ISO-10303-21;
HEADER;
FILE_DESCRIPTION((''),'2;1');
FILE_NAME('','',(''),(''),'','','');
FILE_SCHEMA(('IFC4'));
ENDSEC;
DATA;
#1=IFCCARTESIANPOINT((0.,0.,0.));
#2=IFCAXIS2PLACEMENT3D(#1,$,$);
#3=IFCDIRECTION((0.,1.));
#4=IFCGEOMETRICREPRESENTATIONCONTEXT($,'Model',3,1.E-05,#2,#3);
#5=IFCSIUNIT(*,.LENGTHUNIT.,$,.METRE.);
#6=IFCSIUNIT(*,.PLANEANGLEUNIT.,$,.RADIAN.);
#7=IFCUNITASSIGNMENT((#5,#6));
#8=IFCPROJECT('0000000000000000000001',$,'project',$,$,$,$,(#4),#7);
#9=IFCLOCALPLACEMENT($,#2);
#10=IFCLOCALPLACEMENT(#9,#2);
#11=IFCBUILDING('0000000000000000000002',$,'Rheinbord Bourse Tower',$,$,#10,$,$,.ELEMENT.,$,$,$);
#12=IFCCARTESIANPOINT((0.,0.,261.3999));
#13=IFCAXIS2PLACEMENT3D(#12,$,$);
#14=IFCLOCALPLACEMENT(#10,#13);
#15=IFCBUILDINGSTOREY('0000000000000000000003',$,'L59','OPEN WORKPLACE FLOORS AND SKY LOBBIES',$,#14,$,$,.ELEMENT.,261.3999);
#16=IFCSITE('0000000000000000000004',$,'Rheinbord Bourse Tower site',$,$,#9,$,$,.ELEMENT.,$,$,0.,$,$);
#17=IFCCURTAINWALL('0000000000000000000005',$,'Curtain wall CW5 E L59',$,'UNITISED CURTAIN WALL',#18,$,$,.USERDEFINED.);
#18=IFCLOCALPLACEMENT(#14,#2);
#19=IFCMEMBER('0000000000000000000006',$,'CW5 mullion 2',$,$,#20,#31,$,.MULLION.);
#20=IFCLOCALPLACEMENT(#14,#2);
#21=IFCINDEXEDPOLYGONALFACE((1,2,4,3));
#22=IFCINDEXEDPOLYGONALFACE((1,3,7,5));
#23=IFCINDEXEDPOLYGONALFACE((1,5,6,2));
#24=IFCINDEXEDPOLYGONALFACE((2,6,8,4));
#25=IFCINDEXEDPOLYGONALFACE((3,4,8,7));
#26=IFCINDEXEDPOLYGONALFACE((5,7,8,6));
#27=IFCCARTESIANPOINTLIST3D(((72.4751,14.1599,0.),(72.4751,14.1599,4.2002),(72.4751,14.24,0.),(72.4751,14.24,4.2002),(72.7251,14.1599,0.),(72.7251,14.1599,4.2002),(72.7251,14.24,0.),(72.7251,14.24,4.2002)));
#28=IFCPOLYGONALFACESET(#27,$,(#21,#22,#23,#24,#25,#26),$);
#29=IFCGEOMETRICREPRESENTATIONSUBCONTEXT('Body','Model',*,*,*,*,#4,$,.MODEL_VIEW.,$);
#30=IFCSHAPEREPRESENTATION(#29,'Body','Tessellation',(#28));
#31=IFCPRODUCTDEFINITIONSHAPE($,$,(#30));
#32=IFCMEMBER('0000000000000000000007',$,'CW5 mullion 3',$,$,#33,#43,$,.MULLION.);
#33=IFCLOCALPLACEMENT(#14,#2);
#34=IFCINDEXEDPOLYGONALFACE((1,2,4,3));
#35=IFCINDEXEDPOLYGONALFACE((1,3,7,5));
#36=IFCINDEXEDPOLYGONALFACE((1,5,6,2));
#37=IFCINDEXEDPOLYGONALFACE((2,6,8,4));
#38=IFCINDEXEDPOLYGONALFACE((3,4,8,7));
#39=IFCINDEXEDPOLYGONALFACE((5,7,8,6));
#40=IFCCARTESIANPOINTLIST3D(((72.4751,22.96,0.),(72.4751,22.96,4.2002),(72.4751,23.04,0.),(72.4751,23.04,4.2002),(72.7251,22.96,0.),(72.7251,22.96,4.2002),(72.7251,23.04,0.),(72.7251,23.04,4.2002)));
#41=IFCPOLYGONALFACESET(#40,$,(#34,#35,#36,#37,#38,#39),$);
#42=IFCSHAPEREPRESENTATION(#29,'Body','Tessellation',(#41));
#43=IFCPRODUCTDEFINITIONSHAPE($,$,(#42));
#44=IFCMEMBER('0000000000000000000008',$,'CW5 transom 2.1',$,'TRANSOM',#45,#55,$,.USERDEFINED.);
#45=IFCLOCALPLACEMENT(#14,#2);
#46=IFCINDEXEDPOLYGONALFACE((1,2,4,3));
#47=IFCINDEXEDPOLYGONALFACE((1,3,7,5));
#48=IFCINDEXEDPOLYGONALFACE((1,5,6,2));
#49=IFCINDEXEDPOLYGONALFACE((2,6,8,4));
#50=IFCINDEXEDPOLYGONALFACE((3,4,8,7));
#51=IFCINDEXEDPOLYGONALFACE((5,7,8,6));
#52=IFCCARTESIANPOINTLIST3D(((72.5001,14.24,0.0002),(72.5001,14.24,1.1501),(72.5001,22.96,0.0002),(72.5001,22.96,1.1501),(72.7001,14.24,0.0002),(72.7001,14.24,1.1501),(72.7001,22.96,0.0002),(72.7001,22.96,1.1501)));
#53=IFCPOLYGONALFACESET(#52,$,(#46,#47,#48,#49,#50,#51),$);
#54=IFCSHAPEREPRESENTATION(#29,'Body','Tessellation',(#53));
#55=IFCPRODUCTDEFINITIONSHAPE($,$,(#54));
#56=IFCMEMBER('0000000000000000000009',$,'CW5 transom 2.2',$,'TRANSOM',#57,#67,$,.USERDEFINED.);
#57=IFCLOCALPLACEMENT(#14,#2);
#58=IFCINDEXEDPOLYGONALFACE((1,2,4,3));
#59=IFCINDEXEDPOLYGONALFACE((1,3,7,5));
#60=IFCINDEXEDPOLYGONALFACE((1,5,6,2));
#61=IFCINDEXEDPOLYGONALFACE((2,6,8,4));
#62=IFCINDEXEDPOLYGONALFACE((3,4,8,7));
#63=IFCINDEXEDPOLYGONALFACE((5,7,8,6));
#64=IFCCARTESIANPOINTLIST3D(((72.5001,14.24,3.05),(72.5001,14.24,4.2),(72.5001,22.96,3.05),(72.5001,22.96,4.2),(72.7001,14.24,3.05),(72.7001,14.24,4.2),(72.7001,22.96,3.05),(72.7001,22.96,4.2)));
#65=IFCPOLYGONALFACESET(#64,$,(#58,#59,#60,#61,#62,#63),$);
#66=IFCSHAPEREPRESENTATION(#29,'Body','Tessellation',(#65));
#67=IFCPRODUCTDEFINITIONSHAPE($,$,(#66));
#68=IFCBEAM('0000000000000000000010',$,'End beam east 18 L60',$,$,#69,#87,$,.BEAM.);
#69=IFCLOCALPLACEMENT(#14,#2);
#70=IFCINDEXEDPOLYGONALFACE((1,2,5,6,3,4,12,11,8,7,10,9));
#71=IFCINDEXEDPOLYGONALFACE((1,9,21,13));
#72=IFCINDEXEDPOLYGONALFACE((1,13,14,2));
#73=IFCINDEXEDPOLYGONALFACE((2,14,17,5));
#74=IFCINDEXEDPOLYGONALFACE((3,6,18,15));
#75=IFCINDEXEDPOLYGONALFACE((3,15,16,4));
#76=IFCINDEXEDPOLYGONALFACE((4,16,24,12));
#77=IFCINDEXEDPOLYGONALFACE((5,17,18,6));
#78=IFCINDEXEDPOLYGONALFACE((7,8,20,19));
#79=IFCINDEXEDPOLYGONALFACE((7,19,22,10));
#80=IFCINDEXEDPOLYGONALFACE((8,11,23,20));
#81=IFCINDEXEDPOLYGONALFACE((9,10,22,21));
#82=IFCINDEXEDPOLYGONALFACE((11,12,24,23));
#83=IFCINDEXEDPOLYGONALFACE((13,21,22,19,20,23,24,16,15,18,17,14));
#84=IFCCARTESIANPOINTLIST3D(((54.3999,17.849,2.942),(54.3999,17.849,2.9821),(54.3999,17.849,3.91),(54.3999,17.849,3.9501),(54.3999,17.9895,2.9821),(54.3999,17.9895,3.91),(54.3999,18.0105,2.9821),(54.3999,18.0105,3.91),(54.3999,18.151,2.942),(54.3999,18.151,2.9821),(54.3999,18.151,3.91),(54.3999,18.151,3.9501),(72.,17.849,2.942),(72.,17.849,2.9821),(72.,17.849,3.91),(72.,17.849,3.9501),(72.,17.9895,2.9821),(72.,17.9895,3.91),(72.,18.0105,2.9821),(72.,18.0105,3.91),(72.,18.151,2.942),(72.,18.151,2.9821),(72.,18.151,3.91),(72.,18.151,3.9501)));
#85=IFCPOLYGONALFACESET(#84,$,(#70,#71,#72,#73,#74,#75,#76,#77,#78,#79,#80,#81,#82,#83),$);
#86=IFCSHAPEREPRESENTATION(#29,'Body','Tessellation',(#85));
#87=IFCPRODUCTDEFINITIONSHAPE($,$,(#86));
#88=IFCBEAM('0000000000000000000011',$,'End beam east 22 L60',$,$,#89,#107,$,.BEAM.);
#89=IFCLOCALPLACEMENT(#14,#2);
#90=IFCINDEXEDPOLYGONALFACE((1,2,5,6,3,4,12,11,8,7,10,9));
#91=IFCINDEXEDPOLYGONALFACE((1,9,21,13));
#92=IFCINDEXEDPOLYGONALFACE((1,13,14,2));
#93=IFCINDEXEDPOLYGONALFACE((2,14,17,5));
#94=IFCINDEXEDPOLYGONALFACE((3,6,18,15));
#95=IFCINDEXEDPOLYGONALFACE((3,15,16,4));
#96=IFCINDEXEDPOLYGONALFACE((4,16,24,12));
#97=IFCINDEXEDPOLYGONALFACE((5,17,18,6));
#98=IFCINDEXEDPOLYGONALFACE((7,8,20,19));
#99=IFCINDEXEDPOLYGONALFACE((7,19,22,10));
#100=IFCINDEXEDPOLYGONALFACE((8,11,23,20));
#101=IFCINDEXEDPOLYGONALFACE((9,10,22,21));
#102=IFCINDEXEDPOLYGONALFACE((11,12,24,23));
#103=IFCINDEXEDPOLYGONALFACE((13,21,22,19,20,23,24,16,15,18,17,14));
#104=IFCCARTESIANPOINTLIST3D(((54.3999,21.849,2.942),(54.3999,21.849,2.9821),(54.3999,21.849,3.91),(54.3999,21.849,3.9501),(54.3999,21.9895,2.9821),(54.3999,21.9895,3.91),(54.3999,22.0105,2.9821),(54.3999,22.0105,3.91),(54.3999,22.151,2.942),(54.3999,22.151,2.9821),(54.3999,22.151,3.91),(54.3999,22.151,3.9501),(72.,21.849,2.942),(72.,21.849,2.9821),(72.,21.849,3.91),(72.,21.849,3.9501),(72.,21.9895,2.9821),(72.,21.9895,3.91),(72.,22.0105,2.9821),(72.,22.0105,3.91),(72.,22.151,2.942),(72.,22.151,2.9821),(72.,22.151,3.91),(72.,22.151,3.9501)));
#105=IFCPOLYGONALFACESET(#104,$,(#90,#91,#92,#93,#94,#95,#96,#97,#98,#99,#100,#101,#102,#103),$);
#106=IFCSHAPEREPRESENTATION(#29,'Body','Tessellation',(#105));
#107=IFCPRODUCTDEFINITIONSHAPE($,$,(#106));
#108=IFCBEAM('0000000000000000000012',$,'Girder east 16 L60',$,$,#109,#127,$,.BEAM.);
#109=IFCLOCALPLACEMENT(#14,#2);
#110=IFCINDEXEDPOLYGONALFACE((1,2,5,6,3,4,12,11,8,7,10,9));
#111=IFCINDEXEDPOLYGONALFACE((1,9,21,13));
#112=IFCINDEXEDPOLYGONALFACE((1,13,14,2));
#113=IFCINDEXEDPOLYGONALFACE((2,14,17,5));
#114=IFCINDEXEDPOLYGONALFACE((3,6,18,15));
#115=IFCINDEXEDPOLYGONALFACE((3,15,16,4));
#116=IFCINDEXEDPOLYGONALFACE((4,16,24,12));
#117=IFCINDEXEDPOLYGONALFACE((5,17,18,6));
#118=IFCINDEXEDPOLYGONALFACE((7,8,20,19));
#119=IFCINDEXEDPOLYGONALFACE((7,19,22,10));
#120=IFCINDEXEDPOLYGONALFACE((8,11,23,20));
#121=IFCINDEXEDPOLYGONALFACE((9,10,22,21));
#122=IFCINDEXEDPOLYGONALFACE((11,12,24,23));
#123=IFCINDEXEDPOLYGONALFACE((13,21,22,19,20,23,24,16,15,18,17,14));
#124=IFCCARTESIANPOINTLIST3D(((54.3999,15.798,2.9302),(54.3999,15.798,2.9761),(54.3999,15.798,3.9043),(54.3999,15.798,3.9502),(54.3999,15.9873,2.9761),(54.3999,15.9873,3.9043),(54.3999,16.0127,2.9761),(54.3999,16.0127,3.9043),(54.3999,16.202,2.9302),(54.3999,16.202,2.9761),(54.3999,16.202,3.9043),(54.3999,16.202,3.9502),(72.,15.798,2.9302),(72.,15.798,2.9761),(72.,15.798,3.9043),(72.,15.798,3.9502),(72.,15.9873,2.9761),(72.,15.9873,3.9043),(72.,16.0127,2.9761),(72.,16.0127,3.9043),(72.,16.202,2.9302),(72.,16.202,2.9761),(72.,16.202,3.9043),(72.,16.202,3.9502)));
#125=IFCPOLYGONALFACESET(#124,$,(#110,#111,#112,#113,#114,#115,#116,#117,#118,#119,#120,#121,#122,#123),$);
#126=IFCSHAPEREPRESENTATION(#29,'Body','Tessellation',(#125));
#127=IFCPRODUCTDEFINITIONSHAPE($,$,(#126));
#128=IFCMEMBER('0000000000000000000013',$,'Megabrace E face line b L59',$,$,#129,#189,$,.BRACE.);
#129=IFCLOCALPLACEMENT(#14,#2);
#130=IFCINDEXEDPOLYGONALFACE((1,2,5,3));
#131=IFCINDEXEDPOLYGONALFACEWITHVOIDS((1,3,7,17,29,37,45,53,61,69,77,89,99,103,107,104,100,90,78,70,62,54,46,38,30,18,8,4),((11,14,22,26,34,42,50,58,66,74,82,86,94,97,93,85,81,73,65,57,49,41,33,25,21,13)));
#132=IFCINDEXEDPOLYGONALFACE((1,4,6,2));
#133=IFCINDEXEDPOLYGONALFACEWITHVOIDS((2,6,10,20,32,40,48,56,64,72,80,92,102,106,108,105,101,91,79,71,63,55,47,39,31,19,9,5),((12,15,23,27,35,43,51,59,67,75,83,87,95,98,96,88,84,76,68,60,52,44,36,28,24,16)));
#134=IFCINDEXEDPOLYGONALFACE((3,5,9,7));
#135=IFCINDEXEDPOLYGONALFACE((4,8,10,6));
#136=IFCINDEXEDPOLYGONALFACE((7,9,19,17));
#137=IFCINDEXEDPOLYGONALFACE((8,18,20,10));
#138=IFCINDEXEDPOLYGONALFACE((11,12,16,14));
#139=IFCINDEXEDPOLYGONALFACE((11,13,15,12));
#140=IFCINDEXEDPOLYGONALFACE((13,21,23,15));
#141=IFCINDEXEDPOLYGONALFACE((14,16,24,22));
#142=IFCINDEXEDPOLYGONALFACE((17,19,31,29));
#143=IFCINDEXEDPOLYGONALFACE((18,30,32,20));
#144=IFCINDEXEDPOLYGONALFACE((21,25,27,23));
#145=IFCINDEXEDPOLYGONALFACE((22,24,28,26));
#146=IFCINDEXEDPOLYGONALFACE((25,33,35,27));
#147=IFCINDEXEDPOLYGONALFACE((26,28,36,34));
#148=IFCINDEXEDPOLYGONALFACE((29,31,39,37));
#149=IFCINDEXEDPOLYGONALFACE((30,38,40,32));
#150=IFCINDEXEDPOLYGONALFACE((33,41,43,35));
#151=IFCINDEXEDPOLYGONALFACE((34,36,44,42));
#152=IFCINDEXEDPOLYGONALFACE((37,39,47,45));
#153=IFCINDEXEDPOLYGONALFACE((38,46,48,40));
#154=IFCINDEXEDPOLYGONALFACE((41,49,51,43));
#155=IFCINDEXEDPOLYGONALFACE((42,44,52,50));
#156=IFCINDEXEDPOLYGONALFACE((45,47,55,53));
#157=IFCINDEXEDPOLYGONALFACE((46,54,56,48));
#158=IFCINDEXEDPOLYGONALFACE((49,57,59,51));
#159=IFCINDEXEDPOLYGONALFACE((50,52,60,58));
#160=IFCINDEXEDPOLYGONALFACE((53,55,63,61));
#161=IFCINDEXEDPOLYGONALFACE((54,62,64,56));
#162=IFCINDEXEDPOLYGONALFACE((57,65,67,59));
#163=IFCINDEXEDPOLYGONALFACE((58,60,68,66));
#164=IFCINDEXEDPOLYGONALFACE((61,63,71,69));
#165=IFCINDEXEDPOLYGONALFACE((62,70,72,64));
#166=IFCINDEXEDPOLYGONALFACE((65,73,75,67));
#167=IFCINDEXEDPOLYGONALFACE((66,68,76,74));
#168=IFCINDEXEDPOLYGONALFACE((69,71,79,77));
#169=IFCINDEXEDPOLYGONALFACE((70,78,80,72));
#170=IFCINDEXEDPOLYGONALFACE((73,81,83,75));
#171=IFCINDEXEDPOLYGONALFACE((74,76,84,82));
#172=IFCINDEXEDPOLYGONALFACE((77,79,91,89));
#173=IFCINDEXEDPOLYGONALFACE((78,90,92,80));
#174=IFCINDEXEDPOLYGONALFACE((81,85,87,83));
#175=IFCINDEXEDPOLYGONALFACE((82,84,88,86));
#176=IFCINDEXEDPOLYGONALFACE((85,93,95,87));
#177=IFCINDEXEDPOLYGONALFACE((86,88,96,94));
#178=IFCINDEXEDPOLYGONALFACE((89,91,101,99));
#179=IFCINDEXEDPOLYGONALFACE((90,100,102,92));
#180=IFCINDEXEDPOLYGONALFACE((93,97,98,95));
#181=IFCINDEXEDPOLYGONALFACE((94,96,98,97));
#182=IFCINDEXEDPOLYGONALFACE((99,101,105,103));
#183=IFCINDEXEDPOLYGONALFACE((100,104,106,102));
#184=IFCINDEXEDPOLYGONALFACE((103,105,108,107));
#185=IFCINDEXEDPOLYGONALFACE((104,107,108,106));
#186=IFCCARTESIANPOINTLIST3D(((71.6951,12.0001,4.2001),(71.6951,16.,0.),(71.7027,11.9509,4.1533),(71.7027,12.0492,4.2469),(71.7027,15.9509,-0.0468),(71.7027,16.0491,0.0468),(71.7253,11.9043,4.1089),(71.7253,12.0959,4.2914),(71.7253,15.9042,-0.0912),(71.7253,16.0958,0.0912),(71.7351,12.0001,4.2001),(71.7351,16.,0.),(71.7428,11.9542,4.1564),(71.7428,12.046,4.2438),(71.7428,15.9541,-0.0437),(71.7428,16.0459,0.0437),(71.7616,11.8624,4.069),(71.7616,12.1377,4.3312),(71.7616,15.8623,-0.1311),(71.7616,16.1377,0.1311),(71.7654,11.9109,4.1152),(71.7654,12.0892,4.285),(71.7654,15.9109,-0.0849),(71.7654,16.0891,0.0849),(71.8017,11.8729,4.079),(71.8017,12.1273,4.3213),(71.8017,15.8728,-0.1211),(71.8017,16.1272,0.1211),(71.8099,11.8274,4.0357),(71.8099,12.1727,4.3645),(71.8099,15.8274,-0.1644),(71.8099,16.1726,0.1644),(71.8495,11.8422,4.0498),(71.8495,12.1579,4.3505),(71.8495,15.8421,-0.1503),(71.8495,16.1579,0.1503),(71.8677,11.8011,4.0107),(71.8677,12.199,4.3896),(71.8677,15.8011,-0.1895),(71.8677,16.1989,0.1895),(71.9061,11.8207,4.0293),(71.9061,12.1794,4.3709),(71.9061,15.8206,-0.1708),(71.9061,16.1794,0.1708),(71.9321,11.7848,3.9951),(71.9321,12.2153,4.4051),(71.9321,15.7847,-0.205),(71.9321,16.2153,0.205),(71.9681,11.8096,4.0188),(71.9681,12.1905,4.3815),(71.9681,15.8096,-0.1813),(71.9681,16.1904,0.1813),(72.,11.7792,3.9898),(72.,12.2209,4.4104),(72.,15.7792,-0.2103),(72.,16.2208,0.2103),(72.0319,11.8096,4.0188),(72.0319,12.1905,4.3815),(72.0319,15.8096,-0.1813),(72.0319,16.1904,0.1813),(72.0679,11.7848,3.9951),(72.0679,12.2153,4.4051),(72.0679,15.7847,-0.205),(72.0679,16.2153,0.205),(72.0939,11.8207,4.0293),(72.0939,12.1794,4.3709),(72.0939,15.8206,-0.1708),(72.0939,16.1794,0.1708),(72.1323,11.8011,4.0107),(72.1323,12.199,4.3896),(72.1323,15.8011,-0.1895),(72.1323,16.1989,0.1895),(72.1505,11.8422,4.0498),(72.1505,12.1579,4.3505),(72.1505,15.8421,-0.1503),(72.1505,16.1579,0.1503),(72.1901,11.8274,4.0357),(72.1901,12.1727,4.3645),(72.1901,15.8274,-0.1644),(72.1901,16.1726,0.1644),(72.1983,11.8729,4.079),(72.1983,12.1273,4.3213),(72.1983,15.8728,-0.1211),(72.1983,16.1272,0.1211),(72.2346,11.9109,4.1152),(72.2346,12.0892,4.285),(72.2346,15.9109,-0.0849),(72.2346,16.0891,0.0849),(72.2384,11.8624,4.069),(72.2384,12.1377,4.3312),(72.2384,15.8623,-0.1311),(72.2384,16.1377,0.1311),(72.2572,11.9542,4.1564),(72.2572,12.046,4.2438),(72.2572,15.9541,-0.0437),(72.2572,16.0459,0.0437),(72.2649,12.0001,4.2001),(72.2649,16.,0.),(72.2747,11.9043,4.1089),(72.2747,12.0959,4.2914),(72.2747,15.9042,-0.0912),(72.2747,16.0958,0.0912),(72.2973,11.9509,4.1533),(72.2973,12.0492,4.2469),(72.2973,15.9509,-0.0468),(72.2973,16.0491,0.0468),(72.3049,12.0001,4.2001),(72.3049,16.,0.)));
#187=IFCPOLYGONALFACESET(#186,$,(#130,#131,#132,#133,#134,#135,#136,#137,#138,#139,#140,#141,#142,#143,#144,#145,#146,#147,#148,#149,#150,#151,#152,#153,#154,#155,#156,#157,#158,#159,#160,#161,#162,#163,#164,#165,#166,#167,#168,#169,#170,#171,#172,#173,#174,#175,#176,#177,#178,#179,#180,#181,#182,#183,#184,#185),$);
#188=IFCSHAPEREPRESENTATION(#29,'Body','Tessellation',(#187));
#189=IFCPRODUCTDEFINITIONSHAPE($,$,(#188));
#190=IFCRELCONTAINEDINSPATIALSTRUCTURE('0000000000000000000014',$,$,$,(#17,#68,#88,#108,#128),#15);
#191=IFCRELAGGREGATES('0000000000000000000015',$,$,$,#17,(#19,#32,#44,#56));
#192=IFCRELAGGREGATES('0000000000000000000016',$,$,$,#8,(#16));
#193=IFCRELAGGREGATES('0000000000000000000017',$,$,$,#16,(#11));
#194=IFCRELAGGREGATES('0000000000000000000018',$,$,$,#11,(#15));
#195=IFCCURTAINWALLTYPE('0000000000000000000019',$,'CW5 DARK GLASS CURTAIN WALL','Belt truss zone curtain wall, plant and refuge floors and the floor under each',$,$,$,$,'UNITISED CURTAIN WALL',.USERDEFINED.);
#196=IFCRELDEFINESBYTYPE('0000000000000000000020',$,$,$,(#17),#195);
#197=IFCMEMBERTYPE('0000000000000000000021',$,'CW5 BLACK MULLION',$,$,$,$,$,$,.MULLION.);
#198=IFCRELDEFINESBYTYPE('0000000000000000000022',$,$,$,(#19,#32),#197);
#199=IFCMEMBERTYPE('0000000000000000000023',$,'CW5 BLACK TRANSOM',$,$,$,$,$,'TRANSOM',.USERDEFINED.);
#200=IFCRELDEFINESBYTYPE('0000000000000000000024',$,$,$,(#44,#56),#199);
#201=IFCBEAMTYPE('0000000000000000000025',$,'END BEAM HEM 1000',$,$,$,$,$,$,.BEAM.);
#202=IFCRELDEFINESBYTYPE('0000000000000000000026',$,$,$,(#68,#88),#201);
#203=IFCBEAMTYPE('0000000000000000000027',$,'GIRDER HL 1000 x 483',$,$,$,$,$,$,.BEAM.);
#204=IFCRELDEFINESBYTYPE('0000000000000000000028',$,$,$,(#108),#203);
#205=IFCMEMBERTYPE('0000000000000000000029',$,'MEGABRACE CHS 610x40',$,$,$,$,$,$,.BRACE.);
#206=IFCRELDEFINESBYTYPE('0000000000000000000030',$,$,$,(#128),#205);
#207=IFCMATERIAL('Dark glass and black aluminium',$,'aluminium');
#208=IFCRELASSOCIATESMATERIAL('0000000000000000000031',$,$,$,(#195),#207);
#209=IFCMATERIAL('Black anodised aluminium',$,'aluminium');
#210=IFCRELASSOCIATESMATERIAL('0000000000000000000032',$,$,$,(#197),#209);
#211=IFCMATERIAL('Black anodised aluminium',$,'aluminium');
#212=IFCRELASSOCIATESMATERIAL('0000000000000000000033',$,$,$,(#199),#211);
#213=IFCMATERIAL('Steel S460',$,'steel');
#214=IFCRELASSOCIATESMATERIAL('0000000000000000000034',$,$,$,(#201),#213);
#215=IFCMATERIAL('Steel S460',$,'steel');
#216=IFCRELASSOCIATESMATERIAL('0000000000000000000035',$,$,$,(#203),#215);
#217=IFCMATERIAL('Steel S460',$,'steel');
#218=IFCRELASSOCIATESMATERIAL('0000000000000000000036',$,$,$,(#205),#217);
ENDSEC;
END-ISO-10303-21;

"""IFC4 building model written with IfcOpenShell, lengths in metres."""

from ifc_helpers import new_model, si_unit, direction, frame, origin, origin_2d, place, context, subcontext, project, spatial, rectangle, hollow_circle, i_section, extrude, material, material_profile, profile_set, type_object, element, aggregate, save


model = new_model("IFC4")

# Units and contexts
model_context = context("Model", 3, precision=1e-05, world=origin(), true_north=direction((0.0, 1.0)))
body_context = subcontext(model_context, "Body", "Model", "MODEL_VIEW")
ifc_project = project(units=[si_unit("LENGTHUNIT", "METRE"), si_unit("PLANEANGLEUNIT", "RADIAN")], contexts=[model_context])

# Site, building, storey
site_placement = place(None, origin())
site = spatial("IfcSite", under=ifc_project, at=site_placement, Name="Rheinbord Bourse Tower site", CompositionType="ELEMENT", RefElevation=0.0)
building_placement = place(site_placement, origin())
building = spatial("IfcBuilding", under=site, at=building_placement, Name="Rheinbord Bourse Tower", CompositionType="ELEMENT")
storey_placement = place(building_placement, frame((0.0, 0.0, 261.3999)))
storey = spatial("IfcBuildingStorey", under=building, at=storey_placement, Name="L59", Description="OPEN WORKPLACE FLOORS AND SKY LOBBIES", CompositionType="ELEMENT", Elevation=261.3999)

# Curtain wall, members
ifc_material_1 = material(Name="Dark glass and black aluminium", Category="aluminium")
curtain_wall_type = type_object("IfcCurtainWallType", Name="CW5 DARK GLASS CURTAIN WALL", Description="Belt truss zone curtain wall, plant and refuge floors and the floor under each", ElementType="UNITISED CURTAIN WALL", PredefinedType="USERDEFINED", material=ifc_material_1)
curtain_wall_placement = place(storey_placement, origin())
curtain_wall = element("IfcCurtainWall", 1, at=curtain_wall_placement, inside=storey, type_object=curtain_wall_type, Name="Curtain wall CW5 E L59", ObjectType="UNITISED CURTAIN WALL", PredefinedType="USERDEFINED")
ifc_material_2 = material(Name="Black anodised aluminium", Category="aluminium")
ifc_material_profile_1 = material_profile(ifc_material_2, rectangle(XDim=0.25, YDim=0.0801, at=origin_2d()), Name="CW5 MULLION 80x250")
ifc_profile_set_1 = profile_set([ifc_material_profile_1], Name="Black anodised aluminium")
member_type_1 = type_object("IfcMemberType", Name="CW5 BLACK MULLION", PredefinedType="MULLION", material=ifc_profile_set_1)
member_1_placement = place(storey_placement, frame((72.6001, 14.2, 0.0), z_axis=(0.0, 0.0, 1.0), x_axis=(-1.0, 0.0, 0.0)))
member_1 = element("IfcMember", 2, at=member_1_placement, type_object=member_type_1, Name="CW5 mullion 2", PredefinedType="MULLION", context=body_context, shape_type="SweptSolid", body=[
    extrude(rectangle(XDim=0.25, YDim=0.0801, at=origin_2d()), origin(), (0.0, 0.0, 1.0), 4.2002),
])
member_2_placement = place(storey_placement, frame((72.6001, 23.0, 0.0), z_axis=(0.0, 0.0, 1.0), x_axis=(-1.0, 0.0, 0.0)))
member_2 = element("IfcMember", 3, at=member_2_placement, type_object=member_type_1, Name="CW5 mullion 3", PredefinedType="MULLION", context=body_context, shape_type="SweptSolid", body=[
    extrude(rectangle(XDim=0.25, YDim=0.0801, at=origin_2d()), origin(), (0.0, 0.0, 1.0), 4.2002),
])
ifc_material_3 = material(Name="Black anodised aluminium", Category="aluminium")
ifc_material_profile_2 = material_profile(ifc_material_3, rectangle(XDim=0.2, YDim=1.1499, at=origin_2d()), Name="CW5 TRANSOM 1150x200")
ifc_profile_set_2 = profile_set([ifc_material_profile_2], Name="Black anodised aluminium")
member_type_2 = type_object("IfcMemberType", Name="CW5 BLACK TRANSOM", ElementType="TRANSOM", PredefinedType="USERDEFINED", material=ifc_profile_set_2)
member_3_placement = place(storey_placement, frame((72.6001, 14.24, 0.5752), z_axis=(0.0, 1.0, 0.0), x_axis=(-1.0, 0.0, 0.0)))
member_3 = element("IfcMember", 4, at=member_3_placement, type_object=member_type_2, Name="CW5 transom 2.1", ObjectType="TRANSOM", PredefinedType="USERDEFINED", context=body_context, shape_type="SweptSolid", body=[
    extrude(rectangle(XDim=0.2, YDim=1.1499, at=origin_2d()), origin(), (0.0, 0.0, 1.0), 8.72),
])
member_4_placement = place(storey_placement, frame((72.6001, 14.24, 3.625), z_axis=(0.0, 1.0, 0.0), x_axis=(-1.0, 0.0, 0.0)))
member_4 = element("IfcMember", 5, at=member_4_placement, type_object=member_type_2, Name="CW5 transom 2.2", ObjectType="TRANSOM", PredefinedType="USERDEFINED", context=body_context, shape_type="SweptSolid", body=[
    extrude(rectangle(XDim=0.2, YDim=1.1499, at=origin_2d()), origin(), (0.0, 0.0, 1.0), 8.72),
])

# Beams
ifc_material_4 = material(Name="Steel S460", Category="steel")
ifc_material_profile_3 = material_profile(ifc_material_4, i_section(OverallWidth=0.302, OverallDepth=1.0081, WebThickness=0.021, FlangeThickness=0.04, at=origin_2d()), Name="HEM 1000")
ifc_profile_set_3 = profile_set([ifc_material_profile_3], Name="Steel S460")
beam_type_1 = type_object("IfcBeamType", Name="END BEAM HEM 1000", PredefinedType="BEAM", material=ifc_profile_set_3)
for number, where, z_axis, x_axis, name in (
    (6, (54.3999, 18.0, 3.446), (1.0, 0.0, 0.0), (0.0, 1.0, 0.0), "End beam east 18 L60"),
    (7, (54.3999, 22.0, 3.446), (1.0, 0.0, 0.0), (0.0, 1.0, 0.0), "End beam east 22 L60"),
):
    element("IfcBeam", number, at=place(storey_placement, frame(where, z_axis=z_axis, x_axis=x_axis)), inside=storey, type_object=beam_type_1, Name=name, PredefinedType="BEAM", context=body_context, shape_type="SweptSolid", body=[
        extrude(i_section(OverallWidth=0.302, OverallDepth=1.0081, WebThickness=0.021, FlangeThickness=0.04, at=origin_2d()), origin(), (0.0, 0.0, 1.0), 17.6001),
    ])
ifc_material_5 = material(Name="Steel S460", Category="steel")
ifc_material_profile_4 = material_profile(ifc_material_5, i_section(OverallWidth=0.4041, OverallDepth=1.02, WebThickness=0.0254, FlangeThickness=0.0459, at=origin_2d()), Name="HL 1000 x 483")
ifc_profile_set_4 = profile_set([ifc_material_profile_4], Name="Steel S460")
beam_type_2 = type_object("IfcBeamType", Name="GIRDER HL 1000 x 483", PredefinedType="BEAM", material=ifc_profile_set_4)
beam_1_placement = place(storey_placement, frame((54.3999, 16.0, 3.4402), z_axis=(1.0, 0.0, 0.0), x_axis=(0.0, 1.0, 0.0)))
element("IfcBeam", 8, at=beam_1_placement, inside=storey, type_object=beam_type_2, Name="Girder east 16 L60", PredefinedType="BEAM", context=body_context, shape_type="SweptSolid", body=[
    extrude(i_section(OverallWidth=0.4041, OverallDepth=1.02, WebThickness=0.0254, FlangeThickness=0.0459, at=origin_2d()), origin(), (0.0, 0.0, 1.0), 17.6001),
])

# Member
ifc_material_6 = material(Name="Steel S460", Category="steel")
ifc_material_profile_5 = material_profile(ifc_material_6, hollow_circle(Radius=0.3049, WallThickness=0.04, at=origin_2d()), Name="CHS 610x40")
ifc_profile_set_5 = profile_set([ifc_material_profile_5], Name="Steel S460")
member_type_3 = type_object("IfcMemberType", Name="MEGABRACE CHS 610x40", PredefinedType="BRACE", material=ifc_profile_set_5)
for number, where, z_axis, x_axis, name in (
    (9, (72.0, 16.0, 0.0), (0.0, -0.689638, 0.724154), (1.0, 0.0, 0.0), "Megabrace E face line b L59"),
):
    element("IfcMember", number, at=place(storey_placement, frame(where, z_axis=z_axis, x_axis=x_axis)), inside=storey, type_object=member_type_3, Name=name, PredefinedType="BRACE", context=body_context, shape_type="SweptSolid", body=[
        extrude(hollow_circle(Radius=0.3049, WallThickness=0.04, at=origin_2d()), origin(), (0.0, 0.0, 1.0), 5.8),
    ])

aggregate(curtain_wall, [member_1, member_2, member_3, member_4])

save(model, "model.ifc")
